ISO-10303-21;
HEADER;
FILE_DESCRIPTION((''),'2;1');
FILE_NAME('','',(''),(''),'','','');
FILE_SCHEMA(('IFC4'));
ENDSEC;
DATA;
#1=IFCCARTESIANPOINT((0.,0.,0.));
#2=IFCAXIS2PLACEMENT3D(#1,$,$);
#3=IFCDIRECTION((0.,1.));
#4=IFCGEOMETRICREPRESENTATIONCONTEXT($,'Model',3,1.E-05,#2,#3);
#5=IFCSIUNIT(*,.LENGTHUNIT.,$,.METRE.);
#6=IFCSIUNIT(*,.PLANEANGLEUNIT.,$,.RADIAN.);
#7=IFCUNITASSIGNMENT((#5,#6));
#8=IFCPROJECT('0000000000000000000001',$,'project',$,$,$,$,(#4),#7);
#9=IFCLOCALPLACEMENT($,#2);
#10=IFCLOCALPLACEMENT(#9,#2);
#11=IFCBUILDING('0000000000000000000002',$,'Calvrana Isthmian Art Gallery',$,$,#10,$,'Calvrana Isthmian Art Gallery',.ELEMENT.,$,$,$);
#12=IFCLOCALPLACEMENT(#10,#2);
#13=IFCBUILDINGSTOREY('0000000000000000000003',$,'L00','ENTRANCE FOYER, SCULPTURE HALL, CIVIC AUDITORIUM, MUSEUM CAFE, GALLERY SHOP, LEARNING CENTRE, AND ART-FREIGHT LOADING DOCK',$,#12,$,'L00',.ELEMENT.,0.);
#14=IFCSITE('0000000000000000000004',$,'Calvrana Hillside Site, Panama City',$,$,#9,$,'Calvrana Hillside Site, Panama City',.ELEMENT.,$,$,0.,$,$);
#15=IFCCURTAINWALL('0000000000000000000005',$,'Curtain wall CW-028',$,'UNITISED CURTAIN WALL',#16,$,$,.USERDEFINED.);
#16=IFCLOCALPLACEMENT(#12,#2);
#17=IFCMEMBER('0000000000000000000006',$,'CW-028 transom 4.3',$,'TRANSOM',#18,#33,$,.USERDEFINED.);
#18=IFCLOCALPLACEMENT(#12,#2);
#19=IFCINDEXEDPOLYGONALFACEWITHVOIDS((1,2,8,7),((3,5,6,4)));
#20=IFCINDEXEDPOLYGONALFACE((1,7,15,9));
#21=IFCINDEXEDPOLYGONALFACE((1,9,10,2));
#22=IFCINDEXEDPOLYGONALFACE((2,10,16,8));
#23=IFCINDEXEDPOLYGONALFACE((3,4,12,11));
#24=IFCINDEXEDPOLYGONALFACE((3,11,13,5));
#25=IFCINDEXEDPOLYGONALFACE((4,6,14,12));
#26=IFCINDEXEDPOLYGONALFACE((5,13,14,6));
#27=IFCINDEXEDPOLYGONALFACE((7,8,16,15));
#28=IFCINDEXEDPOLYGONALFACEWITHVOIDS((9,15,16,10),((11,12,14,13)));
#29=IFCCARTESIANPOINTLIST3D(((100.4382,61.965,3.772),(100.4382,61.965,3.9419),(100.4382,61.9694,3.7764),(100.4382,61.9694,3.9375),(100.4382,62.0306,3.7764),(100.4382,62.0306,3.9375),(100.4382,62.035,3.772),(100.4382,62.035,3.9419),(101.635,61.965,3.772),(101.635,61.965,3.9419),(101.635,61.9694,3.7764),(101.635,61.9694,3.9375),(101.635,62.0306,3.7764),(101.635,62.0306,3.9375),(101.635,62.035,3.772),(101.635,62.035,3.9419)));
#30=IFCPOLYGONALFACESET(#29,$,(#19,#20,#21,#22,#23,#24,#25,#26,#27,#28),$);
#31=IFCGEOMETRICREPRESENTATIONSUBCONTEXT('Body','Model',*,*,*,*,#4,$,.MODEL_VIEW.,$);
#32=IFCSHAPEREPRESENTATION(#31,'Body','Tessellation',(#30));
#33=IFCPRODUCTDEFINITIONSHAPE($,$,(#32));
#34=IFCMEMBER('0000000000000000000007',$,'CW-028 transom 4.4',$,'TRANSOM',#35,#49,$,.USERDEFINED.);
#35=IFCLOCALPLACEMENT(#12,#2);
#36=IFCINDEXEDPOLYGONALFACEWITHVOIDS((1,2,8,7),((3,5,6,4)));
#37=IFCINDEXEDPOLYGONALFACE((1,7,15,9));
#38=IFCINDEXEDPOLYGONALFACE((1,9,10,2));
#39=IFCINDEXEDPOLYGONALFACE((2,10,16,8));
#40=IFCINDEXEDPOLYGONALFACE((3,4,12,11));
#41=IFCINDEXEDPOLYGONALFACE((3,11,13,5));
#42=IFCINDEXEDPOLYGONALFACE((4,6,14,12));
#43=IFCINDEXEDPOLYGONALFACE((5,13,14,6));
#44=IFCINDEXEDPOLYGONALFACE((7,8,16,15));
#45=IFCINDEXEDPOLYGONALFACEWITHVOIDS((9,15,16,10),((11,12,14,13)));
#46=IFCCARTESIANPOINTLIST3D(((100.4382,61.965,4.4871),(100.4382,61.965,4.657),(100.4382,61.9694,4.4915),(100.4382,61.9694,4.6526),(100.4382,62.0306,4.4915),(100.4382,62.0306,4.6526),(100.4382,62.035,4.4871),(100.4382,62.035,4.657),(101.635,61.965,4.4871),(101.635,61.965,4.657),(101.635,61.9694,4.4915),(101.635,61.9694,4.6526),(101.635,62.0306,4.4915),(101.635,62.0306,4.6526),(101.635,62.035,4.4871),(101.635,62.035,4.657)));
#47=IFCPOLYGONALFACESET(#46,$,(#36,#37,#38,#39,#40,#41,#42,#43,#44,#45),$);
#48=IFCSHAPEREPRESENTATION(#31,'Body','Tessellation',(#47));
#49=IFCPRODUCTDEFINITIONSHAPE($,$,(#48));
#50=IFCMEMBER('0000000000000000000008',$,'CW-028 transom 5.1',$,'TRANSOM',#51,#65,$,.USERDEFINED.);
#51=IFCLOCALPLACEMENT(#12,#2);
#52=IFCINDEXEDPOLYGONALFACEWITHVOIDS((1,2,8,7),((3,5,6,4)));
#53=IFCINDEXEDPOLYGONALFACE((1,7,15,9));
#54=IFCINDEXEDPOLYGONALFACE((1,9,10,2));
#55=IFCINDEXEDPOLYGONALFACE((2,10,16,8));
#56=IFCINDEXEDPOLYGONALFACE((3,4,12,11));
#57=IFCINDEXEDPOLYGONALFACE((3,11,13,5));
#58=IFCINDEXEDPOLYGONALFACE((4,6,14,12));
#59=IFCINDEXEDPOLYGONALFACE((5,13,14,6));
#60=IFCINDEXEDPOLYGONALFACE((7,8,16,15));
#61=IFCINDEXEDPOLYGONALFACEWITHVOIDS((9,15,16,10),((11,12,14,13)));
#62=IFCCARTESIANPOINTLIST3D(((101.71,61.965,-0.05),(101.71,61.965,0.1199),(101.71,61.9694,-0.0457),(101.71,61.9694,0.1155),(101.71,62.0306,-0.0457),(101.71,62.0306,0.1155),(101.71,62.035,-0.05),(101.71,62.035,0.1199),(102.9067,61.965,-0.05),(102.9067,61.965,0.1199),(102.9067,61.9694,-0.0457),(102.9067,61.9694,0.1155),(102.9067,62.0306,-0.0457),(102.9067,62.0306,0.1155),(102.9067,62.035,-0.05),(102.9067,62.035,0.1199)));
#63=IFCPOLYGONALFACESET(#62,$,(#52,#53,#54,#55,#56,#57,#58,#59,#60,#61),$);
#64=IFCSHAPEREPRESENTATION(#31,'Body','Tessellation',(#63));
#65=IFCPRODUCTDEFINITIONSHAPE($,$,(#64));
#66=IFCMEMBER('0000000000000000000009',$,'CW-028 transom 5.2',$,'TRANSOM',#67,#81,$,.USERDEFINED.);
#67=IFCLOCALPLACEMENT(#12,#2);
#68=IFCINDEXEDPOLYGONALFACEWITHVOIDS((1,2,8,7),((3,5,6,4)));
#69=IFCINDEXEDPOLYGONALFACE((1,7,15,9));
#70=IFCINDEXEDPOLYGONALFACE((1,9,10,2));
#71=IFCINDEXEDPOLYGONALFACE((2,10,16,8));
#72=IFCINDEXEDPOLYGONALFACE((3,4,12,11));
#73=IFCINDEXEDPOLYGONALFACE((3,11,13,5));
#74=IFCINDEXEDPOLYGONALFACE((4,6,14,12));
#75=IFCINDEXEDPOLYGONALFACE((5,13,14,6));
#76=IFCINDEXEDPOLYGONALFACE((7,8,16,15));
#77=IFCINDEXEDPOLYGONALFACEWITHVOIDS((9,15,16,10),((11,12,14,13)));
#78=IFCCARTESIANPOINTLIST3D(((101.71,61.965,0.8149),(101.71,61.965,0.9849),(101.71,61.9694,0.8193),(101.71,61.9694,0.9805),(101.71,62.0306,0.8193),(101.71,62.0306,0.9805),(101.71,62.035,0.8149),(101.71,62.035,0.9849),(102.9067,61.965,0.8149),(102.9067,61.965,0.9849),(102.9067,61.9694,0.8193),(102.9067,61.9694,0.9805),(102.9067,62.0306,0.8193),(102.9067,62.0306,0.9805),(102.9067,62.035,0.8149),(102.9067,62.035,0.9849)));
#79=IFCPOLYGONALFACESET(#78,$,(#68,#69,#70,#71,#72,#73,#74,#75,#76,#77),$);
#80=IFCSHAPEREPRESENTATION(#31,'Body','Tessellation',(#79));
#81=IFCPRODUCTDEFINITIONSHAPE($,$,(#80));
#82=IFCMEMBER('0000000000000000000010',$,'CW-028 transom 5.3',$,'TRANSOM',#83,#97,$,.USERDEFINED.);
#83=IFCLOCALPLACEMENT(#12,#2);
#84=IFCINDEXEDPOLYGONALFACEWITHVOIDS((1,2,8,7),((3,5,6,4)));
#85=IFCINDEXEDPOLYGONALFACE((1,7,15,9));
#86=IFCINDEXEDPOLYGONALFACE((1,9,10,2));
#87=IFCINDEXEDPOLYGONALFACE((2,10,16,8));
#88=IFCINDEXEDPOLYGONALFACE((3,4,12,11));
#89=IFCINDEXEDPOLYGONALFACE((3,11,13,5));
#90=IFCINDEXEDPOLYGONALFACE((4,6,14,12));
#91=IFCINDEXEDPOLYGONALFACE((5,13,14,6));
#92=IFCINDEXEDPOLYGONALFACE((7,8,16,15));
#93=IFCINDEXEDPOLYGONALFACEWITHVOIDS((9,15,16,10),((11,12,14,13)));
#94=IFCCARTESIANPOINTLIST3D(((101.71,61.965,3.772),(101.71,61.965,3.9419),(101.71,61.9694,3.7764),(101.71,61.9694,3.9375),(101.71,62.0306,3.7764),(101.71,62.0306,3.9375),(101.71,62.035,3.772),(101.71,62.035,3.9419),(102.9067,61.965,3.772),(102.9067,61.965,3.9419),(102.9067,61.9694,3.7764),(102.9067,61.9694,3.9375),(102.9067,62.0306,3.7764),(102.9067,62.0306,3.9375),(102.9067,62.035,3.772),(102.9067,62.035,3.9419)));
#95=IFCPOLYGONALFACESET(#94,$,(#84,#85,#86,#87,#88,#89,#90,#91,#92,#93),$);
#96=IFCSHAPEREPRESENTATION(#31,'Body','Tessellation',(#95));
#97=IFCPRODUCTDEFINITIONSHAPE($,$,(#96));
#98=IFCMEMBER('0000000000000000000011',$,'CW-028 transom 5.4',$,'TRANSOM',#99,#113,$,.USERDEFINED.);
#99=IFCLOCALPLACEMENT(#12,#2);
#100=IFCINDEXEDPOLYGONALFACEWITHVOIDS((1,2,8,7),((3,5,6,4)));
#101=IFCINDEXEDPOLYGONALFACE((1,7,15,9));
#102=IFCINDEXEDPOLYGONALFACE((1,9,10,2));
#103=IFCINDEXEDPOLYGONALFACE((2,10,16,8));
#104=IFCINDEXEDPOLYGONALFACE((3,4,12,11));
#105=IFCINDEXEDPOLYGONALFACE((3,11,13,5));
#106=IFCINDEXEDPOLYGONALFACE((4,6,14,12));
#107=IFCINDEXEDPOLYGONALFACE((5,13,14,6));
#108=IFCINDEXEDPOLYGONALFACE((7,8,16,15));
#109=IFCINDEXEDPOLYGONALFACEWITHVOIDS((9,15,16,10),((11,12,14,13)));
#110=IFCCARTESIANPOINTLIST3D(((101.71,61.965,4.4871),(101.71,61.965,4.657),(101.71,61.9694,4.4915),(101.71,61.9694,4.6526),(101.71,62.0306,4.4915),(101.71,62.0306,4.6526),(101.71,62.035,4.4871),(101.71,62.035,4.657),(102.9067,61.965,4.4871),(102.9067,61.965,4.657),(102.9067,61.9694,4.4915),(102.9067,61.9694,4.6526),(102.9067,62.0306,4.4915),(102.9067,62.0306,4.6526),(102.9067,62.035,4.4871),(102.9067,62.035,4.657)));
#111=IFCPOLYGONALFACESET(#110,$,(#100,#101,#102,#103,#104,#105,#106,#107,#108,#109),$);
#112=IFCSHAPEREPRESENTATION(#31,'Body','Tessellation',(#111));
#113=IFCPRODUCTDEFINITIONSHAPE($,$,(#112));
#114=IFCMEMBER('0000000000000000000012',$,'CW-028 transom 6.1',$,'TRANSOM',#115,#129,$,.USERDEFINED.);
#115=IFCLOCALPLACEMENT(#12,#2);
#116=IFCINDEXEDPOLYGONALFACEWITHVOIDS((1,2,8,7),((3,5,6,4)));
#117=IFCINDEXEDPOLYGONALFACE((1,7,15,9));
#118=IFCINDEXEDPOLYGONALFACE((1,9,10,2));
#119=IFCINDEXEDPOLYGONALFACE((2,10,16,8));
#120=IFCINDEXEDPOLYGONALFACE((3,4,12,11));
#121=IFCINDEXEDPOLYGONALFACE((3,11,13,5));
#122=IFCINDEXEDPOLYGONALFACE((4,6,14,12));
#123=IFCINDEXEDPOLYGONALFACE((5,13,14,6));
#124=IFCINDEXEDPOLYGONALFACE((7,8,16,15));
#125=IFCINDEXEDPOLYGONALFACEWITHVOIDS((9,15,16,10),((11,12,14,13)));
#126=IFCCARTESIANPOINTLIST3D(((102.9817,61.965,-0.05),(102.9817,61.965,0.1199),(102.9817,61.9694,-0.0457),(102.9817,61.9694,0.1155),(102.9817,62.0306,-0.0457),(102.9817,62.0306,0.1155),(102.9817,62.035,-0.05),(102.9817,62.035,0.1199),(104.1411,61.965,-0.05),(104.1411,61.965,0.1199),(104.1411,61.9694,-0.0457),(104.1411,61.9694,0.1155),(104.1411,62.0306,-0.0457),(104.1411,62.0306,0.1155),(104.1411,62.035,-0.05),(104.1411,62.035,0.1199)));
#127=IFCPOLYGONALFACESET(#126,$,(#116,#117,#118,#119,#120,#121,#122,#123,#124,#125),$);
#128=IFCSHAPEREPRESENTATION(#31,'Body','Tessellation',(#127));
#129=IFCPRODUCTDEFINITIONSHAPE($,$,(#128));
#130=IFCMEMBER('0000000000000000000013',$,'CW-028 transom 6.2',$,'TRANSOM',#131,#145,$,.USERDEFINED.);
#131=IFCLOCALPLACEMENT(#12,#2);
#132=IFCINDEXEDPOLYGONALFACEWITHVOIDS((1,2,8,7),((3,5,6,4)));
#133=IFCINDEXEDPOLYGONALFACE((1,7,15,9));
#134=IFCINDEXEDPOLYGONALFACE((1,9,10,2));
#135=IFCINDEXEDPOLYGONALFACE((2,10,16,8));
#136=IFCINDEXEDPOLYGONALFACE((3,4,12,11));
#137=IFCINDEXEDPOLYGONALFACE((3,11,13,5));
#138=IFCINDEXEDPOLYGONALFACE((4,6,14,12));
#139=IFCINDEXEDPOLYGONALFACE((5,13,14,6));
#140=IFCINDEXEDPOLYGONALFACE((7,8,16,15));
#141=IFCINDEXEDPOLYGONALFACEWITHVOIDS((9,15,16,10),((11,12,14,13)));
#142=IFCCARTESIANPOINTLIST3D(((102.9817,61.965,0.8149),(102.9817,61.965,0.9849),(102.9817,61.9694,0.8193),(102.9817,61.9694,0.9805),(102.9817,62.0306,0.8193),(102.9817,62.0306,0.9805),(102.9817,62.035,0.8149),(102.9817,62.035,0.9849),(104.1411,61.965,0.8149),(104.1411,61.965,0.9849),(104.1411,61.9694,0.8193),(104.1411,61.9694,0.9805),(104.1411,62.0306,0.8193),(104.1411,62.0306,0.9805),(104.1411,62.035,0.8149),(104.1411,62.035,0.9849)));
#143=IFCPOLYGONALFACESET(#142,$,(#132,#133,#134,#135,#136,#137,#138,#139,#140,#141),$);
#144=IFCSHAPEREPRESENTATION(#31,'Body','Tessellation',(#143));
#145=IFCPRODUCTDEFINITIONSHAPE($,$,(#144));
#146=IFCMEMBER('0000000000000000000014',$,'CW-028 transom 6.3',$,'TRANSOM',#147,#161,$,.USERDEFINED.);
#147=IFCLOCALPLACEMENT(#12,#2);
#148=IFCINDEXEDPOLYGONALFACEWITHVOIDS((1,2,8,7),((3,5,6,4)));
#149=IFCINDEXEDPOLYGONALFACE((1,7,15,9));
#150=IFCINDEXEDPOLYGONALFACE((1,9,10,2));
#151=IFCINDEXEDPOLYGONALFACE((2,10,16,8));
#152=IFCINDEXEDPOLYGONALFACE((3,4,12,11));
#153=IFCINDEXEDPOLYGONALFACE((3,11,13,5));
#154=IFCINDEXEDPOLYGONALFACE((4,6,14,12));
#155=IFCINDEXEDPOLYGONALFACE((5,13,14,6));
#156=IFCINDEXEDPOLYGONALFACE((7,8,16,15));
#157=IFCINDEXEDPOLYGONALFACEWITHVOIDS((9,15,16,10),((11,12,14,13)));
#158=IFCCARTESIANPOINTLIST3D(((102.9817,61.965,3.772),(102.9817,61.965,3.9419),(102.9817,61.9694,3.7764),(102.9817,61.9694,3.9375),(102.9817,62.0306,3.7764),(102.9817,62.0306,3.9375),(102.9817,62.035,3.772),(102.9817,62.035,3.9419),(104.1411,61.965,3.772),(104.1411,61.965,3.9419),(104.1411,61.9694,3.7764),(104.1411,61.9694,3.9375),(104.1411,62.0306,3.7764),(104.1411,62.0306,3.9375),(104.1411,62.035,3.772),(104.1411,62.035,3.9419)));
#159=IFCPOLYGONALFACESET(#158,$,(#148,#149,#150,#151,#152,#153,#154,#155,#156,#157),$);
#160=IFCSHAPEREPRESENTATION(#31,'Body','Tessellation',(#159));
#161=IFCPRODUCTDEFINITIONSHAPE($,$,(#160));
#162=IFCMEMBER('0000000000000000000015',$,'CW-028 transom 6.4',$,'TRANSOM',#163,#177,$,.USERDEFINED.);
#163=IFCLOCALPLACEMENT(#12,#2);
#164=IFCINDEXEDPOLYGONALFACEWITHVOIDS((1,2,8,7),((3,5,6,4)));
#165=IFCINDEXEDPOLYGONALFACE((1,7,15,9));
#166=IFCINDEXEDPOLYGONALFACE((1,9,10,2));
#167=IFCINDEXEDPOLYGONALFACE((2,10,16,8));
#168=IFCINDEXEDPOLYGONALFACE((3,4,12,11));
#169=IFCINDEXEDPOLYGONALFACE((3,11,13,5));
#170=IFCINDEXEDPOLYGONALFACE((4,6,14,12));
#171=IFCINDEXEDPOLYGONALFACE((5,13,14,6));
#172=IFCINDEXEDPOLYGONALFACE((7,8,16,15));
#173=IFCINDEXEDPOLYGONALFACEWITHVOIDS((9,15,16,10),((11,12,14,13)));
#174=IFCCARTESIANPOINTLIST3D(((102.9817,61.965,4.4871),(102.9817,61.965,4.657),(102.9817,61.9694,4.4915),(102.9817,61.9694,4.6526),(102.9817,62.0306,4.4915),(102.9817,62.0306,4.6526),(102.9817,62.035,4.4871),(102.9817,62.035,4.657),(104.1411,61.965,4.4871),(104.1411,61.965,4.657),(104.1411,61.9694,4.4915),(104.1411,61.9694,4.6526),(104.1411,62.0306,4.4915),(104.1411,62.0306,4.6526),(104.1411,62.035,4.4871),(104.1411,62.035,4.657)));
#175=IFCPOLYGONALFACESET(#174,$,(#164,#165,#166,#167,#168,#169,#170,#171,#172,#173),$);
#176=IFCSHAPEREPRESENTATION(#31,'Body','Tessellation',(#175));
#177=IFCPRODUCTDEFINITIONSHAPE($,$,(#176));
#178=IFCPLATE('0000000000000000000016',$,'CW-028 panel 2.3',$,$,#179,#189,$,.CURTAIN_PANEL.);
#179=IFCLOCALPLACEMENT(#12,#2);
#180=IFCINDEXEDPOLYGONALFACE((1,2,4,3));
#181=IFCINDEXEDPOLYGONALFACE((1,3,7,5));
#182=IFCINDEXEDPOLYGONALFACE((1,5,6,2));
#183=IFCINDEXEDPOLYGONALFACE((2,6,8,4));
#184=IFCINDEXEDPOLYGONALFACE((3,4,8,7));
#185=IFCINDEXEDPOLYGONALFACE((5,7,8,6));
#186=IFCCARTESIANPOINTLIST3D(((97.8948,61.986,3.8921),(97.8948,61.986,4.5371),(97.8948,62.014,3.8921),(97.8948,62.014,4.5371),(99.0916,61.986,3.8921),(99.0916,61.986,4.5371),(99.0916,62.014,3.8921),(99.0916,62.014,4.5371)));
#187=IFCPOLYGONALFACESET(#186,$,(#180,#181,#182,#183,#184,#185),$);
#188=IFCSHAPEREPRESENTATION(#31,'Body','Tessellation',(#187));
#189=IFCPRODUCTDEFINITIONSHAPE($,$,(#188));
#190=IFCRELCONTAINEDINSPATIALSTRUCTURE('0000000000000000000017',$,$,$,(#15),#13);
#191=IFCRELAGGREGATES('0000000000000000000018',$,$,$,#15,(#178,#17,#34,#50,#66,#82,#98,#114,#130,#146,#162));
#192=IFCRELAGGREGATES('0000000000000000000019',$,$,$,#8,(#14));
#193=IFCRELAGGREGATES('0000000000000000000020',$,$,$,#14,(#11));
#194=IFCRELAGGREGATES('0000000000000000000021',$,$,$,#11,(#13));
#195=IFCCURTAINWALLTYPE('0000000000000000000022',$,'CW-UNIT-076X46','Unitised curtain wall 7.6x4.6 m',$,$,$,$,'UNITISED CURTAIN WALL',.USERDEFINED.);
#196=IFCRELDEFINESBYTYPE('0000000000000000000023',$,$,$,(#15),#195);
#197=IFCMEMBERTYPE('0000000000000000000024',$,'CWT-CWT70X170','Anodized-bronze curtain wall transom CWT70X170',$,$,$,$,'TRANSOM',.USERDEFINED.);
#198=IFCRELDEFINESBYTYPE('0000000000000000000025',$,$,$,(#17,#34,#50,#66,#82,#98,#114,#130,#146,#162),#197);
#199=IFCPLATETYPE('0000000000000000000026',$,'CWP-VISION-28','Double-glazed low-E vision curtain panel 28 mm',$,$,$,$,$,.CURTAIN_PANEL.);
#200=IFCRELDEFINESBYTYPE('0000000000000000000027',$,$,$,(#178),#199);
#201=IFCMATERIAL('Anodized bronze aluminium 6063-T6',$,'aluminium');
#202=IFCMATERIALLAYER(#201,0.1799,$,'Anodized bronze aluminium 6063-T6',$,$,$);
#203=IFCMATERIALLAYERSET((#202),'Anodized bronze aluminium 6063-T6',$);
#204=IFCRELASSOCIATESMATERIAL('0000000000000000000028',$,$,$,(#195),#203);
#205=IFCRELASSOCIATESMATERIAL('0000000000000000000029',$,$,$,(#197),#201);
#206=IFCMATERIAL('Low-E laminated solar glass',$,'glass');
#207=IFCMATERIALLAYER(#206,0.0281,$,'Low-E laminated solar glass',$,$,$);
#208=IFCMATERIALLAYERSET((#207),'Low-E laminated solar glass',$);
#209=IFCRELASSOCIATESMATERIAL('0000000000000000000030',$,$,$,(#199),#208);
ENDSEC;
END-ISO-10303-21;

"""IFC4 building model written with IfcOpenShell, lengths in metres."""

from ifc_helpers import new_model, si_unit, direction, frame, origin, origin_2d, place, context, subcontext, project, spatial, rectangle, hollow_rectangle, extrude, material, layer, layer_set, material_profile, profile_set, type_object, element, aggregate, save


model = new_model("IFC4")

# Units and contexts
model_context = context("Model", 3, precision=1e-05, world=origin(), true_north=direction((0.0, 1.0)))
body_context = subcontext(model_context, "Body", "Model", "MODEL_VIEW")
ifc_project = project(units=[si_unit("LENGTHUNIT", "METRE"), si_unit("PLANEANGLEUNIT", "RADIAN")], contexts=[model_context])

# Site, building, storey
site_placement = place(None, origin())
site = spatial("IfcSite", under=ifc_project, at=site_placement, Name="Calvrana Hillside Site, Panama City", LongName="Calvrana Hillside Site, Panama City", CompositionType="ELEMENT", RefElevation=0.0)
building_placement = place(site_placement, origin())
building = spatial("IfcBuilding", under=site, at=building_placement, Name="Calvrana Isthmian Art Gallery", LongName="Calvrana Isthmian Art Gallery", CompositionType="ELEMENT")
storey_placement = place(building_placement, origin())
storey = spatial("IfcBuildingStorey", under=building, at=storey_placement, Name="L00", Description="ENTRANCE FOYER, SCULPTURE HALL, CIVIC AUDITORIUM, MUSEUM CAFE, GALLERY SHOP, LEARNING CENTRE, AND ART-FREIGHT LOADING DOCK", LongName="L00", CompositionType="ELEMENT", Elevation=0.0)

# Curtain wall, members, plate
ifc_material_1 = material(Name="Anodized bronze aluminium 6063-T6", Category="aluminium")
ifc_layer_1 = layer(ifc_material_1, 0.1799, Name="Anodized bronze aluminium 6063-T6")
ifc_layer_set_1 = layer_set([ifc_layer_1], Name="Anodized bronze aluminium 6063-T6")
curtain_wall_type = type_object("IfcCurtainWallType", Name="CW-UNIT-076X46", Description="Unitised curtain wall 7.6x4.6 m", ElementType="UNITISED CURTAIN WALL", PredefinedType="USERDEFINED", material=ifc_layer_set_1)
curtain_wall_placement = place(storey_placement, origin())
curtain_wall = element("IfcCurtainWall", 1, at=curtain_wall_placement, inside=storey, type_object=curtain_wall_type, Name="Curtain wall CW-028", ObjectType="UNITISED CURTAIN WALL", PredefinedType="USERDEFINED")
ifc_material_profile_1 = material_profile(ifc_material_1, hollow_rectangle(XDim=0.0701, YDim=0.1699, WallThickness=0.0044, at=origin_2d()), Name="CWT70X170")
ifc_profile_set_1 = profile_set([ifc_material_profile_1], Name="Anodized bronze aluminium 6063-T6")
member_type_1 = type_object("IfcMemberType", Name="CWT-CWT70X170", Description="Anodized-bronze curtain wall transom CWT70X170", ElementType="TRANSOM", PredefinedType="USERDEFINED", material=ifc_profile_set_1)
member_1_placement = place(storey_placement, frame((100.4382, 62.0, 3.8569), z_axis=(1.0, 0.0, 0.0), x_axis=(0.0, 1.0, 0.0)))
member_1 = element("IfcMember", 2, at=member_1_placement, type_object=member_type_1, Name="CW-028 transom 4.3", ObjectType="TRANSOM", PredefinedType="USERDEFINED", context=body_context, shape_type="SweptSolid", body=[
    extrude(hollow_rectangle(XDim=0.0701, YDim=0.1699, WallThickness=0.0044, at=origin_2d()), origin(), (0.0, 0.0, 1.0), 1.1968),
])
member_2_placement = place(storey_placement, frame((100.4382, 62.0, 4.572), z_axis=(1.0, 0.0, 0.0), x_axis=(0.0, 1.0, 0.0)))
member_2 = element("IfcMember", 3, at=member_2_placement, type_object=member_type_1, Name="CW-028 transom 4.4", ObjectType="TRANSOM", PredefinedType="USERDEFINED", context=body_context, shape_type="SweptSolid", body=[
    extrude(hollow_rectangle(XDim=0.0701, YDim=0.1699, WallThickness=0.0044, at=origin_2d()), origin(), (0.0, 0.0, 1.0), 1.1968),
])
member_3_placement = place(storey_placement, frame((101.71, 62.0, 0.0349), z_axis=(1.0, 0.0, 0.0), x_axis=(0.0, 1.0, 0.0)))
member_3 = element("IfcMember", 4, at=member_3_placement, type_object=member_type_1, Name="CW-028 transom 5.1", ObjectType="TRANSOM", PredefinedType="USERDEFINED", context=body_context, shape_type="SweptSolid", body=[
    extrude(hollow_rectangle(XDim=0.0701, YDim=0.1699, WallThickness=0.0044, at=origin_2d()), origin(), (0.0, 0.0, 1.0), 1.1968),
])
member_4_placement = place(storey_placement, frame((101.71, 62.0, 0.8999), z_axis=(1.0, 0.0, 0.0), x_axis=(0.0, 1.0, 0.0)))
member_4 = element("IfcMember", 5, at=member_4_placement, type_object=member_type_1, Name="CW-028 transom 5.2", ObjectType="TRANSOM", PredefinedType="USERDEFINED", context=body_context, shape_type="SweptSolid", body=[
    extrude(hollow_rectangle(XDim=0.0701, YDim=0.1699, WallThickness=0.0044, at=origin_2d()), origin(), (0.0, 0.0, 1.0), 1.1968),
])
member_5_placement = place(storey_placement, frame((101.71, 62.0, 3.8569), z_axis=(1.0, 0.0, 0.0), x_axis=(0.0, 1.0, 0.0)))
member_5 = element("IfcMember", 6, at=member_5_placement, type_object=member_type_1, Name="CW-028 transom 5.3", ObjectType="TRANSOM", PredefinedType="USERDEFINED", context=body_context, shape_type="SweptSolid", body=[
    extrude(hollow_rectangle(XDim=0.0701, YDim=0.1699, WallThickness=0.0044, at=origin_2d()), origin(), (0.0, 0.0, 1.0), 1.1968),
])
member_6_placement = place(storey_placement, frame((101.71, 62.0, 4.572), z_axis=(1.0, 0.0, 0.0), x_axis=(0.0, 1.0, 0.0)))
member_6 = element("IfcMember", 7, at=member_6_placement, type_object=member_type_1, Name="CW-028 transom 5.4", ObjectType="TRANSOM", PredefinedType="USERDEFINED", context=body_context, shape_type="SweptSolid", body=[
    extrude(hollow_rectangle(XDim=0.0701, YDim=0.1699, WallThickness=0.0044, at=origin_2d()), origin(), (0.0, 0.0, 1.0), 1.1968),
])
member_7_placement = place(storey_placement, frame((102.9817, 62.0, 0.0349), z_axis=(1.0, 0.0, 0.0), x_axis=(0.0, 1.0, 0.0)))
member_7 = element("IfcMember", 8, at=member_7_placement, type_object=member_type_1, Name="CW-028 transom 6.1", ObjectType="TRANSOM", PredefinedType="USERDEFINED", context=body_context, shape_type="SweptSolid", body=[
    extrude(hollow_rectangle(XDim=0.0701, YDim=0.1699, WallThickness=0.0044, at=origin_2d()), origin(), (0.0, 0.0, 1.0), 1.1594),
])
member_8_placement = place(storey_placement, frame((102.9817, 62.0, 0.8999), z_axis=(1.0, 0.0, 0.0), x_axis=(0.0, 1.0, 0.0)))
member_8 = element("IfcMember", 9, at=member_8_placement, type_object=member_type_1, Name="CW-028 transom 6.2", ObjectType="TRANSOM", PredefinedType="USERDEFINED", context=body_context, shape_type="SweptSolid", body=[
    extrude(hollow_rectangle(XDim=0.0701, YDim=0.1699, WallThickness=0.0044, at=origin_2d()), origin(), (0.0, 0.0, 1.0), 1.1594),
])
member_9_placement = place(storey_placement, frame((102.9817, 62.0, 3.8569), z_axis=(1.0, 0.0, 0.0), x_axis=(0.0, 1.0, 0.0)))
member_9 = element("IfcMember", 10, at=member_9_placement, type_object=member_type_1, Name="CW-028 transom 6.3", ObjectType="TRANSOM", PredefinedType="USERDEFINED", context=body_context, shape_type="SweptSolid", body=[
    extrude(hollow_rectangle(XDim=0.0701, YDim=0.1699, WallThickness=0.0044, at=origin_2d()), origin(), (0.0, 0.0, 1.0), 1.1594),
])
member_10_placement = place(storey_placement, frame((102.9817, 62.0, 4.572), z_axis=(1.0, 0.0, 0.0), x_axis=(0.0, 1.0, 0.0)))
member_10 = element("IfcMember", 11, at=member_10_placement, type_object=member_type_1, Name="CW-028 transom 6.4", ObjectType="TRANSOM", PredefinedType="USERDEFINED", context=body_context, shape_type="SweptSolid", body=[
    extrude(hollow_rectangle(XDim=0.0701, YDim=0.1699, WallThickness=0.0044, at=origin_2d()), origin(), (0.0, 0.0, 1.0), 1.1594),
])
ifc_material_2 = material(Name="Low-E laminated solar glass", Category="glass")
ifc_layer_2 = layer(ifc_material_2, 0.0281, Name="Low-E laminated solar glass")
ifc_layer_set_2 = layer_set([ifc_layer_2], Name="Low-E laminated solar glass")
plate_type_1 = type_object("IfcPlateType", Name="CWP-VISION-28", Description="Double-glazed low-E vision curtain panel 28 mm", PredefinedType="CURTAIN_PANEL", material=ifc_layer_set_2)
plate_1_placement = place(storey_placement, frame((98.4932, 62.0, 3.8921), z_axis=(0.0, 0.0, 1.0), x_axis=(1.0, 0.0, 0.0)))
plate_1 = element("IfcPlate", 12, at=plate_1_placement, type_object=plate_type_1, Name="CW-028 panel 2.3", PredefinedType="CURTAIN_PANEL", context=body_context, shape_type="SweptSolid", body=[
    extrude(rectangle(XDim=1.1968, YDim=0.0281, at=origin_2d()), origin(), (0.0, 0.0, 1.0), 0.645),
])
aggregate(curtain_wall, [plate_1, member_1, member_2, member_3, member_4, member_5, member_6, member_7, member_8, member_9, member_10])

save(model, "model.ifc")
